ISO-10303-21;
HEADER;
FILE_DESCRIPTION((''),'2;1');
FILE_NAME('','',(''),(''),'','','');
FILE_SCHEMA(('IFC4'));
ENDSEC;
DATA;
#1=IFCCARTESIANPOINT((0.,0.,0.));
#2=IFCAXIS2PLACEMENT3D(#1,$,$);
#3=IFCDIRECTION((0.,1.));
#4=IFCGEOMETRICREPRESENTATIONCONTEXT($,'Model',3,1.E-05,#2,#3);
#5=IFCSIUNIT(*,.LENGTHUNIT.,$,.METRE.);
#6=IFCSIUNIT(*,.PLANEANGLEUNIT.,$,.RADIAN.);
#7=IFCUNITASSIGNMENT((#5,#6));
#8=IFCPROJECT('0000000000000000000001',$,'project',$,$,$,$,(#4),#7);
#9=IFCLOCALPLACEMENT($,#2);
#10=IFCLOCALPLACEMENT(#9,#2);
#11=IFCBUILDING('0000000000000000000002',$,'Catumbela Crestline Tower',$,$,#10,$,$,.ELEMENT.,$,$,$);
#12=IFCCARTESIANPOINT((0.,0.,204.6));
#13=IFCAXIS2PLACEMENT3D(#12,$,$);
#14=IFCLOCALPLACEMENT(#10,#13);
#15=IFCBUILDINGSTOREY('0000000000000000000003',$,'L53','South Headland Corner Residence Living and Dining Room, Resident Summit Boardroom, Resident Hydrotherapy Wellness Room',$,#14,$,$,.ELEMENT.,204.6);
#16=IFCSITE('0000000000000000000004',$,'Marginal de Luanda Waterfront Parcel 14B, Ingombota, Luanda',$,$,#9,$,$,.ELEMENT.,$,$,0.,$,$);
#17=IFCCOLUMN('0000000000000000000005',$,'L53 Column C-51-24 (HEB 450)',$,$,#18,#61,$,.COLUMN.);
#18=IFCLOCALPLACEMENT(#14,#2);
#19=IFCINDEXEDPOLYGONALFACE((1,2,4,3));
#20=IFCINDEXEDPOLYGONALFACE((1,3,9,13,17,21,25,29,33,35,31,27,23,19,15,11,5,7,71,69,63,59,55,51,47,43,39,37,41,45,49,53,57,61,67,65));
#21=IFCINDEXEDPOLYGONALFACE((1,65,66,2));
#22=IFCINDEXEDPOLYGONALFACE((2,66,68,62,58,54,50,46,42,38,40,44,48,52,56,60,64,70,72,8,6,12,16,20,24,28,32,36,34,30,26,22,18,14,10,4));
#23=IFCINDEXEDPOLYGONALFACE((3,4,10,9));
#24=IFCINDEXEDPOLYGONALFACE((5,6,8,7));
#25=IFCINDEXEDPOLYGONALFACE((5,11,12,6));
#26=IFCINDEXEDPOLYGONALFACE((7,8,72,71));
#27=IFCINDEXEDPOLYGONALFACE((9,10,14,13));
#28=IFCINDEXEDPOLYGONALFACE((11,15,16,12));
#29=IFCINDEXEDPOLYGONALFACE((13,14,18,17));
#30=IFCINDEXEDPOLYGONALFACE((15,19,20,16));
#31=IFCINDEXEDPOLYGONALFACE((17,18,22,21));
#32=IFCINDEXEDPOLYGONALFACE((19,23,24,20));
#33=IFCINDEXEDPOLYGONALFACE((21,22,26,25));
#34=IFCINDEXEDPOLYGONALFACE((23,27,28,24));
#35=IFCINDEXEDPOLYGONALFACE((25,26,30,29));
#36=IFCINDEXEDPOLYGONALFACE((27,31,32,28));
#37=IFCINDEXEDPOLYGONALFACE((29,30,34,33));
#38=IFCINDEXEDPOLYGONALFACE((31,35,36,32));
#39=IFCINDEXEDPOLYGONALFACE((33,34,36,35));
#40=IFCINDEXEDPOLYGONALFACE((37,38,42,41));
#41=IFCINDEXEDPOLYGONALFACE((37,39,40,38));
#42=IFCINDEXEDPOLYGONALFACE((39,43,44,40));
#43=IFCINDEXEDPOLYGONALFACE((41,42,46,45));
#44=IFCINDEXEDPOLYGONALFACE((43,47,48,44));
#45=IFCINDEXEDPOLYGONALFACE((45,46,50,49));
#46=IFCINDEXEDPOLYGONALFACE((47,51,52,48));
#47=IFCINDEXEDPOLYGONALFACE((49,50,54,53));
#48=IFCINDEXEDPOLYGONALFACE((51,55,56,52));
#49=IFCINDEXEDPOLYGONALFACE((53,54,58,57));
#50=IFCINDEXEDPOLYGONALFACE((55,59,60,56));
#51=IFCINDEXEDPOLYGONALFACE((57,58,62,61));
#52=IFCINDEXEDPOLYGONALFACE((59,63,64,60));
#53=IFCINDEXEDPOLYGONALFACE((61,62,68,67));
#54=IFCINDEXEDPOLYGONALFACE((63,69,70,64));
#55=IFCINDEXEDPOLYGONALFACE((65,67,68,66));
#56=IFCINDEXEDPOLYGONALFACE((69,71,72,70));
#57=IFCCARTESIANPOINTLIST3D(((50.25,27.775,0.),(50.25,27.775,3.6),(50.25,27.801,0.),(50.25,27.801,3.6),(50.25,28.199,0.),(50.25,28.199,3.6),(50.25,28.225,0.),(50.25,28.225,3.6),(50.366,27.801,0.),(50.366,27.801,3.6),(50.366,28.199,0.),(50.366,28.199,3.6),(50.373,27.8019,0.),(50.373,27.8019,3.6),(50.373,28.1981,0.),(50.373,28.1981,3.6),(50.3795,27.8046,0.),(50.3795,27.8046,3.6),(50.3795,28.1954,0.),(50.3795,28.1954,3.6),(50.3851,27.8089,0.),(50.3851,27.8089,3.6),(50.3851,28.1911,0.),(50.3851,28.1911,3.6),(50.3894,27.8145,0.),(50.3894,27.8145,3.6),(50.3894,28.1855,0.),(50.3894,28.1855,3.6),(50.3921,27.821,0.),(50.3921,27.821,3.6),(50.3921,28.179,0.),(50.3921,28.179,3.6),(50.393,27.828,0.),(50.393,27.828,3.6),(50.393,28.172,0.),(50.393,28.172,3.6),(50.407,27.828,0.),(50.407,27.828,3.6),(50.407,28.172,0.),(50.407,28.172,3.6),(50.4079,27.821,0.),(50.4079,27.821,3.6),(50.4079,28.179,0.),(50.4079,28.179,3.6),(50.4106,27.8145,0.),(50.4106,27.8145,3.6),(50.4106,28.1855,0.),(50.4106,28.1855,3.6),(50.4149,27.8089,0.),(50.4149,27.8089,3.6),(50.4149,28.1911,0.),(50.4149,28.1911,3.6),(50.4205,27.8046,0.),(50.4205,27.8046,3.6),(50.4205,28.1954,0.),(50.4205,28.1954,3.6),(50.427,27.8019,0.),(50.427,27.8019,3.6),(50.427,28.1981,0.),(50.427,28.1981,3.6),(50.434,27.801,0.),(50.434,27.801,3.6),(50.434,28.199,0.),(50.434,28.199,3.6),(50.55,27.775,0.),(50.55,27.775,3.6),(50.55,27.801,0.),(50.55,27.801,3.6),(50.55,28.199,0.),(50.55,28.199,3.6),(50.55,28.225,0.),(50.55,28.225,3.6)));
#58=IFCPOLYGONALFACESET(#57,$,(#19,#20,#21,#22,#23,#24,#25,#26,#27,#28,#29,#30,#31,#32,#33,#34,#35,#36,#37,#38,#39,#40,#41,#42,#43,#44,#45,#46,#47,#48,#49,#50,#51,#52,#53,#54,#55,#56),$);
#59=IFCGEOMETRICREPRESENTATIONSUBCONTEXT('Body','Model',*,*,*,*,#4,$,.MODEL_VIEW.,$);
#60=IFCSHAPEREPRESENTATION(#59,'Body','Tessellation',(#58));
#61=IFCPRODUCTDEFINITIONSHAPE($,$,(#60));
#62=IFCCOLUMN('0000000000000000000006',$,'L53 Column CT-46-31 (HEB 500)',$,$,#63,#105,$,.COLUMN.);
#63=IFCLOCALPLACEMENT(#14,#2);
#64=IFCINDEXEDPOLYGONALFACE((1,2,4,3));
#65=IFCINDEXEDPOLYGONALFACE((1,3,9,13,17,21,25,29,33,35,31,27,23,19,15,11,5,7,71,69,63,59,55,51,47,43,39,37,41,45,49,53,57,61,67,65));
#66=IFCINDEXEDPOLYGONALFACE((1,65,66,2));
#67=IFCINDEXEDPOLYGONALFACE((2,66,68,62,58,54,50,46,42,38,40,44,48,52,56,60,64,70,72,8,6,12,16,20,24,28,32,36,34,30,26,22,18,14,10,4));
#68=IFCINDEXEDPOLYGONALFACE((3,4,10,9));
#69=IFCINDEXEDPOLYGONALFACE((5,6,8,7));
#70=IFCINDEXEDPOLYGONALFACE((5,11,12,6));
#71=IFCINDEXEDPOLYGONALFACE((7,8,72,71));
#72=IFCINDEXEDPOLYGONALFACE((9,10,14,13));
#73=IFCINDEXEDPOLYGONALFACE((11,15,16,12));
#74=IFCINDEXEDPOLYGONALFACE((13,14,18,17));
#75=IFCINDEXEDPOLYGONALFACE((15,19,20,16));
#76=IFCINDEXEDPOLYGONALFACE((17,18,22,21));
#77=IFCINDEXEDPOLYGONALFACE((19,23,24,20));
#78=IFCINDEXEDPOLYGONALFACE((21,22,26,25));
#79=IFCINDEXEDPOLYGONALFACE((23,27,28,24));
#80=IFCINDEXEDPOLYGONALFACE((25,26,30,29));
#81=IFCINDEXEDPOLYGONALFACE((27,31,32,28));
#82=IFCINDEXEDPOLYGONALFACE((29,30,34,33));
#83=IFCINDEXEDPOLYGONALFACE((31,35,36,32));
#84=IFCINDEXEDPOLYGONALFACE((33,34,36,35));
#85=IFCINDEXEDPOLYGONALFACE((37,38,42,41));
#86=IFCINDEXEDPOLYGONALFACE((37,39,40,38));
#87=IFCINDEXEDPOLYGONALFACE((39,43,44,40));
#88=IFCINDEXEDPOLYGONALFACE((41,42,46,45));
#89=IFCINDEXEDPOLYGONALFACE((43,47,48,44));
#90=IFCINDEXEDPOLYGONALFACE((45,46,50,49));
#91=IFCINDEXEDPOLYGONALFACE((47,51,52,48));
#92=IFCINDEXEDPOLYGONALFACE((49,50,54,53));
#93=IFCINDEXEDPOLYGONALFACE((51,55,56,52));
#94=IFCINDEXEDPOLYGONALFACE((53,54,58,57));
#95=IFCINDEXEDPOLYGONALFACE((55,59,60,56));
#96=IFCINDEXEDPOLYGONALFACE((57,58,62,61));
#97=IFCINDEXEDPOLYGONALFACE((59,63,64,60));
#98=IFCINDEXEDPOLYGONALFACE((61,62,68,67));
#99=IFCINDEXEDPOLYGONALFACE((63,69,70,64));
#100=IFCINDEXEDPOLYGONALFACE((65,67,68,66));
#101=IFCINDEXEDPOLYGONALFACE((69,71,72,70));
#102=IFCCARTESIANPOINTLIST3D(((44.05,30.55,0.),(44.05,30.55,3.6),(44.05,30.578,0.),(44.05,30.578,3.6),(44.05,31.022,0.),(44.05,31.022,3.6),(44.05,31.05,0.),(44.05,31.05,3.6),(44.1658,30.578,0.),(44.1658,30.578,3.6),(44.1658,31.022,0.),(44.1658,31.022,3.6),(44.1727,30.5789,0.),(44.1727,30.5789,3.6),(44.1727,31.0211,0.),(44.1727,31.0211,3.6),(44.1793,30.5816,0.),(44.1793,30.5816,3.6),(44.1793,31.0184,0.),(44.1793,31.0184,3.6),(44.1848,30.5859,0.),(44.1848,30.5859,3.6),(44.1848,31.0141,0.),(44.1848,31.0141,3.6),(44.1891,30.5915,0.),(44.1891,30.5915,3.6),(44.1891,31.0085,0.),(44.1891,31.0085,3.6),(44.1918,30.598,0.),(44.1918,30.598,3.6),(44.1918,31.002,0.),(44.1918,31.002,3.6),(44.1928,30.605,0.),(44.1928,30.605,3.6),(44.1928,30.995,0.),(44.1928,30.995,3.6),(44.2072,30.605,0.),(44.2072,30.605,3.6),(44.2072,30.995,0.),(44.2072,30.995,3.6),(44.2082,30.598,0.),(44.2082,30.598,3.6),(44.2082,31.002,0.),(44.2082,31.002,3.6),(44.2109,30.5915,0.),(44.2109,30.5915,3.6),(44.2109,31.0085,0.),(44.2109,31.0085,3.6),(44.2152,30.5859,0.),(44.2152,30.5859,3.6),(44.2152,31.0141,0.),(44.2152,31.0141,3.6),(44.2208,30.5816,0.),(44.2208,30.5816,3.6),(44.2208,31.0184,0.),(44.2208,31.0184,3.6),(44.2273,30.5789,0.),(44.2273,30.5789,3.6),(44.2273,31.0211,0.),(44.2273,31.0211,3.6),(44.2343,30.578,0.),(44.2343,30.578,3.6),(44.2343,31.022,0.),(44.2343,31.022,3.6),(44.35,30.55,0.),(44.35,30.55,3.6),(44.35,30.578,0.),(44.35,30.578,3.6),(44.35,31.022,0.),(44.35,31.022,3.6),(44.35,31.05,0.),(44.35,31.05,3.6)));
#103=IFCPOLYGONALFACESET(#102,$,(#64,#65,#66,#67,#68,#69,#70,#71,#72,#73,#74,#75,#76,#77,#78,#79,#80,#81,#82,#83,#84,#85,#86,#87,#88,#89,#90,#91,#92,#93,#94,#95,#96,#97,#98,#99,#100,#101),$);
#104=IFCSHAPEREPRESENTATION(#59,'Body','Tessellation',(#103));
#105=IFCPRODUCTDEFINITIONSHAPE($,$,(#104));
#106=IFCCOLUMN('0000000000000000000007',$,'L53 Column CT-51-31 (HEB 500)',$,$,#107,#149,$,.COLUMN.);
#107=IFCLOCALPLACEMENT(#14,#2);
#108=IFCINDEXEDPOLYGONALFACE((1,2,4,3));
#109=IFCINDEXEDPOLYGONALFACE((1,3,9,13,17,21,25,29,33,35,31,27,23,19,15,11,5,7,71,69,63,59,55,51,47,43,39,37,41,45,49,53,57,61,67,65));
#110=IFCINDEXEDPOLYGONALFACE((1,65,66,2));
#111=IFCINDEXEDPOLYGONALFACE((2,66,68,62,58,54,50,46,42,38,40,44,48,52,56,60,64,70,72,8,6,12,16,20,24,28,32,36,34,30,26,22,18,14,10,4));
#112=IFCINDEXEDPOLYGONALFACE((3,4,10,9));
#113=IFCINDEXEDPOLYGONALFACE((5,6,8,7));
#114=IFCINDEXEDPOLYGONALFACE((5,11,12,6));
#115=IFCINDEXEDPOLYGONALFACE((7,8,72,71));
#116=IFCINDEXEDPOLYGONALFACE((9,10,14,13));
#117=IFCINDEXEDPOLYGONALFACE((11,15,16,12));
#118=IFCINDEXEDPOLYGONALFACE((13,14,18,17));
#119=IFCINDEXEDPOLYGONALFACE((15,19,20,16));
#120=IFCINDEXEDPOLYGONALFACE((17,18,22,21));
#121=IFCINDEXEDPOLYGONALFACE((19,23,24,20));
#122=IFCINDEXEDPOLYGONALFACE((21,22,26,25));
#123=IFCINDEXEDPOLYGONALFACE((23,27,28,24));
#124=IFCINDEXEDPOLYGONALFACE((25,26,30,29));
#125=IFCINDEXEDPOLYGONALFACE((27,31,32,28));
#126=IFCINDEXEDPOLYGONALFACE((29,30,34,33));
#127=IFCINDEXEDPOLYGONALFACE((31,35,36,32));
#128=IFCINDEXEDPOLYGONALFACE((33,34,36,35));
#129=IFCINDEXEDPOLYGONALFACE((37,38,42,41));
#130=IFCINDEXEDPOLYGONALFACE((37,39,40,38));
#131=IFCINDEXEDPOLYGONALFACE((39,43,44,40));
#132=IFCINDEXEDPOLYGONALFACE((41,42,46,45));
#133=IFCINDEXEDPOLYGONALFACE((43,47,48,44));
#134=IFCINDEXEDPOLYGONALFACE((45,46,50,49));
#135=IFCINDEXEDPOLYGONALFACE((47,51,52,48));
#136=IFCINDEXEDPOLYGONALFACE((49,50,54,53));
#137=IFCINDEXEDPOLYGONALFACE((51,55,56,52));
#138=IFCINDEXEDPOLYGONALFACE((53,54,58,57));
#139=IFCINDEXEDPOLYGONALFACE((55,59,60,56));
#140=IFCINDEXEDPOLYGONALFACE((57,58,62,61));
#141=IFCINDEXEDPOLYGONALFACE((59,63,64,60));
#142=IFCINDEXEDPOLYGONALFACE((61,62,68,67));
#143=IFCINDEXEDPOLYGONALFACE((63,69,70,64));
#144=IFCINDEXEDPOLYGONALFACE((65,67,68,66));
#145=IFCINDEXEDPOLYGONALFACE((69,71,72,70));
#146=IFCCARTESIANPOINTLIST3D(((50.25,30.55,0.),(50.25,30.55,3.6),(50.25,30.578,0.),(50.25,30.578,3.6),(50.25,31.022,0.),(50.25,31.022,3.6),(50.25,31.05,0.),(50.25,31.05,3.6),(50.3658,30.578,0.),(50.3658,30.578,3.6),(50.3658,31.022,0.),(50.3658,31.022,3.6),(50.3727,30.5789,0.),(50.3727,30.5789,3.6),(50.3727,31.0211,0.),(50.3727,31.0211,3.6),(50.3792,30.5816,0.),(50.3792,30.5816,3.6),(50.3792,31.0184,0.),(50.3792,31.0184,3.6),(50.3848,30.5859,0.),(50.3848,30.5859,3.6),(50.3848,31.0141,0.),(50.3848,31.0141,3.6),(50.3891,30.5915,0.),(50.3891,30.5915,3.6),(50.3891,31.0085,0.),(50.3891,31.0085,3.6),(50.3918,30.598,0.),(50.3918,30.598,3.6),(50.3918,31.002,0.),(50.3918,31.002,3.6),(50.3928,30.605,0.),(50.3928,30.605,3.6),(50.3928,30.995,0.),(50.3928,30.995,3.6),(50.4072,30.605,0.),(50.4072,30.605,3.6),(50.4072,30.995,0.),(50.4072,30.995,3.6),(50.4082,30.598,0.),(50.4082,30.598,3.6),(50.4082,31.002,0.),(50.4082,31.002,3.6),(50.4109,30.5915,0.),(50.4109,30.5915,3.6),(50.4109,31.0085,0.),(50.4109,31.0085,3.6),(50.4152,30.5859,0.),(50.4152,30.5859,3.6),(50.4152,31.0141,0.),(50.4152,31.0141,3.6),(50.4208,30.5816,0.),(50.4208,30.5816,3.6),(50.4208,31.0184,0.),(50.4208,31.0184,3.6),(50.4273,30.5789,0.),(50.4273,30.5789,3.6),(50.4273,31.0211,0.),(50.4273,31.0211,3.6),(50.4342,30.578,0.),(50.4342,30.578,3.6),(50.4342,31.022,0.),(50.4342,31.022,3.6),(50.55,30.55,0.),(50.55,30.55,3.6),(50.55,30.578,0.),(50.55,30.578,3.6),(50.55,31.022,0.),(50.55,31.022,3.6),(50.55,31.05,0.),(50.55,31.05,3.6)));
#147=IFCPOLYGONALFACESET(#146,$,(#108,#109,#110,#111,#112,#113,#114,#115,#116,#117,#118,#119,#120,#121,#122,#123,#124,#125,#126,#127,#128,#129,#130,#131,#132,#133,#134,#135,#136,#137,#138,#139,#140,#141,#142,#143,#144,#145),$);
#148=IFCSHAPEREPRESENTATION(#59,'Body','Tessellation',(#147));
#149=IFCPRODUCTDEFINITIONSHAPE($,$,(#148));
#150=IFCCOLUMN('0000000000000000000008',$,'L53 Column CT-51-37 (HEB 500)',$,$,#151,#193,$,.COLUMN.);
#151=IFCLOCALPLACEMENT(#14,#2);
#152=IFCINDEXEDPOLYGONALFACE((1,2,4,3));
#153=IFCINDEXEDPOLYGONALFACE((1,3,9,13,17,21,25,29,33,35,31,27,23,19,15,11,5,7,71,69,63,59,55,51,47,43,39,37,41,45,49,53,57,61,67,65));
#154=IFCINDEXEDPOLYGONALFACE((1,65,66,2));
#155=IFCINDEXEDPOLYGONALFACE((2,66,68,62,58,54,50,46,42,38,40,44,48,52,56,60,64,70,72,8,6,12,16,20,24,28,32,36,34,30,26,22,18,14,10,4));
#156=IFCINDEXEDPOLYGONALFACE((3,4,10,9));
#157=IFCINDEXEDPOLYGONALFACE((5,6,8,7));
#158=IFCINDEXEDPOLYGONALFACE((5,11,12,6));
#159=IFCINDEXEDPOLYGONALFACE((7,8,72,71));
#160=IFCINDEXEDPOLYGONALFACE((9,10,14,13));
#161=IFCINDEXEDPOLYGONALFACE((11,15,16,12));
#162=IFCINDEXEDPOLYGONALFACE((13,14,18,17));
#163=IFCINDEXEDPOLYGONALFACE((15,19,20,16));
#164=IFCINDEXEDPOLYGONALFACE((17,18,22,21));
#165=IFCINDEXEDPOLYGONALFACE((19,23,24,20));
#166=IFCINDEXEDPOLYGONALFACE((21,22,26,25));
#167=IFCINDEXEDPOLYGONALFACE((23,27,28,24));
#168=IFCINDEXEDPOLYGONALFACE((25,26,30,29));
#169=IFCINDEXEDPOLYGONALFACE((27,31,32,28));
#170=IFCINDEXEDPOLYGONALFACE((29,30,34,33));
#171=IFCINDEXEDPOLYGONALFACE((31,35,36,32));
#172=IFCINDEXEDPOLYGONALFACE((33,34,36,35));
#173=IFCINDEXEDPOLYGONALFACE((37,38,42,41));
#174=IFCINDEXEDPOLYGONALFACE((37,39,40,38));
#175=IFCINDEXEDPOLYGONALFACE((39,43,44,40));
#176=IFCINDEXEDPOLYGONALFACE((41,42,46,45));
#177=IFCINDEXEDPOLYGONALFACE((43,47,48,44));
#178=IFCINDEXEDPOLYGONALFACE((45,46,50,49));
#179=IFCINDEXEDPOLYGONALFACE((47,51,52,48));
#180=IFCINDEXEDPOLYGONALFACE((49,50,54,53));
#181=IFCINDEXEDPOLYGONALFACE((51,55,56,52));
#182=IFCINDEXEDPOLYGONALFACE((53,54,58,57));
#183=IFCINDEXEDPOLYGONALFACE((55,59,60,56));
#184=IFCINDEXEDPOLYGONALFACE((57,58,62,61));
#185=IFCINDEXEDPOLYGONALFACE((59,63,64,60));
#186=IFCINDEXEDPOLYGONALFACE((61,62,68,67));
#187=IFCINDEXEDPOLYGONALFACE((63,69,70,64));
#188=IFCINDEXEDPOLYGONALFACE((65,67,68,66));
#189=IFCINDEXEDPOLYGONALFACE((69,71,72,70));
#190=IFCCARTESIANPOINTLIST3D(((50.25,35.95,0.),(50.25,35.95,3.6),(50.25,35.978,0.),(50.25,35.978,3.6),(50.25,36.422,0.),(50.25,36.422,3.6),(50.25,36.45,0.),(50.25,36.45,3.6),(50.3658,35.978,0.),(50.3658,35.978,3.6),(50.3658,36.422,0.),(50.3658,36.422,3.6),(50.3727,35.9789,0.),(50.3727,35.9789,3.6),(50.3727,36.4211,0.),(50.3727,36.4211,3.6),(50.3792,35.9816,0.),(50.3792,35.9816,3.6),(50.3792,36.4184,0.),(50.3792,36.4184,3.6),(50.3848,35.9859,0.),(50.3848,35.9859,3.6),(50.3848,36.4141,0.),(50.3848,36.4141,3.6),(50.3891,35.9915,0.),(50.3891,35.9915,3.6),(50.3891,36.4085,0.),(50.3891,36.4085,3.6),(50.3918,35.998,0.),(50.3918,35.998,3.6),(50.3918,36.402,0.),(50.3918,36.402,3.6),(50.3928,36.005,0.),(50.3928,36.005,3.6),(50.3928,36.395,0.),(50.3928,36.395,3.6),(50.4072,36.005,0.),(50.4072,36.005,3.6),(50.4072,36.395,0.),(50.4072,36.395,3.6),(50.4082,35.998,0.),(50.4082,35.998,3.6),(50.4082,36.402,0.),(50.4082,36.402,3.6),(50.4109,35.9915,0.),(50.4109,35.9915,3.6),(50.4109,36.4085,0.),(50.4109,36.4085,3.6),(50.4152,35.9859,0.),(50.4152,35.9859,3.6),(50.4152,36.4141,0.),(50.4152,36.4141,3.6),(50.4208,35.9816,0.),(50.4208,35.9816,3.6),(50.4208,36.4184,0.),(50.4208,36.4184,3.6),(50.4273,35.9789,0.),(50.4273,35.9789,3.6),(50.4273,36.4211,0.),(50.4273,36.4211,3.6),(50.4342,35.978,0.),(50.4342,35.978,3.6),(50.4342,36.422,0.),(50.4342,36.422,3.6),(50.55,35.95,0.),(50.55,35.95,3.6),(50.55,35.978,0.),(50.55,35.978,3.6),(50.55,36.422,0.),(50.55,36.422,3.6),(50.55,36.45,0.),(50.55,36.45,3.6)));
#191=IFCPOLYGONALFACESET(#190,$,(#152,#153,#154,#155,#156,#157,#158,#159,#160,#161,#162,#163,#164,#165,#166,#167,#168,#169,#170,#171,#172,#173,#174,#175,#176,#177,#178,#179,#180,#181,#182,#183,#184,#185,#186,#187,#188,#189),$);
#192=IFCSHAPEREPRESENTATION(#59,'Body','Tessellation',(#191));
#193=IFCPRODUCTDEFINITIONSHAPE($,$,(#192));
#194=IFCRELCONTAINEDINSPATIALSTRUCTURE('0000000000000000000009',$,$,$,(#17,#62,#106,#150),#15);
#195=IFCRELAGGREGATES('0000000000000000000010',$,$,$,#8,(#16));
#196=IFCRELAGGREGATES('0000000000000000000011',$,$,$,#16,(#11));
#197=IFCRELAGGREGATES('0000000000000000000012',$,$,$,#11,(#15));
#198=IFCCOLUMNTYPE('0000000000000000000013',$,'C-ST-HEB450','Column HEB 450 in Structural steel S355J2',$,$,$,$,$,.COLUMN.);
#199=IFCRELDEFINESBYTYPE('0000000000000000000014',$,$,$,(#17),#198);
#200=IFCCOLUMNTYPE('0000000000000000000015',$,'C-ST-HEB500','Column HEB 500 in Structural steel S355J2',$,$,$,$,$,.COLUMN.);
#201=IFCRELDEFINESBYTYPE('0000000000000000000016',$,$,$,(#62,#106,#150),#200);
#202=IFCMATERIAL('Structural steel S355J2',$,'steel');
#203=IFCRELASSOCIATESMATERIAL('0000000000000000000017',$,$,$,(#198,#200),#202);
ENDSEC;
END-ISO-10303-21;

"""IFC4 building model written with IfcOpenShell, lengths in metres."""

from ifc_helpers import new_model, si_unit, direction, frame, origin, origin_2d, place, context, subcontext, project, spatial, i_section, extrude, material, material_profile, profile_set, type_object, element, save


model = new_model("IFC4")

# Units and contexts
model_context = context("Model", 3, precision=1e-05, world=origin(), true_north=direction((0.0, 1.0)))
body_context = subcontext(model_context, "Body", "Model", "MODEL_VIEW")
ifc_project = project(units=[si_unit("LENGTHUNIT", "METRE"), si_unit("PLANEANGLEUNIT", "RADIAN")], contexts=[model_context])

# Site, building, storey
site_placement = place(None, origin())
site = spatial("IfcSite", under=ifc_project, at=site_placement, Name="Marginal de Luanda Waterfront Parcel 14B, Ingombota, Luanda", CompositionType="ELEMENT", RefElevation=0.0)
building_placement = place(site_placement, origin())
building = spatial("IfcBuilding", under=site, at=building_placement, Name="Catumbela Crestline Tower", CompositionType="ELEMENT")
storey_placement = place(building_placement, frame((0.0, 0.0, 204.6)))
storey = spatial("IfcBuildingStorey", under=building, at=storey_placement, Name="L53", Description="South Headland Corner Residence Living and Dining Room, Resident Summit Boardroom, Resident Hydrotherapy Wellness Room", CompositionType="ELEMENT", Elevation=204.6)

# Columns
ifc_material_1 = material(Name="Structural steel S355J2", Category="steel")
ifc_material_profile_1 = material_profile(ifc_material_1, i_section(OverallWidth=0.3, OverallDepth=0.45, WebThickness=0.014, FlangeThickness=0.026, FilletRadius=0.027, at=origin_2d()), Name="HEB 450")
ifc_profile_set_1 = profile_set([ifc_material_profile_1], Name="Structural steel S355J2")
column_type_1 = type_object("IfcColumnType", Name="C-ST-HEB450", Description="Column HEB 450 in Structural steel S355J2", PredefinedType="COLUMN", material=ifc_profile_set_1)
column_placement = place(storey_placement, frame((50.4, 28.0, 0.0), z_axis=(0.0, 0.0, 1.0), x_axis=(1.0, 0.0, 0.0)))
element("IfcColumn", 1, at=column_placement, inside=storey, type_object=column_type_1, Name="L53 Column C-51-24 (HEB 450)", PredefinedType="COLUMN", context=body_context, shape_type="SweptSolid", body=[
    extrude(i_section(OverallWidth=0.3, OverallDepth=0.45, WebThickness=0.014, FlangeThickness=0.026, FilletRadius=0.027, at=origin_2d()), origin(), (0.0, 0.0, 1.0), 3.6),
])
ifc_material_profile_2 = material_profile(ifc_material_1, i_section(OverallWidth=0.3, OverallDepth=0.5, WebThickness=0.0145, FlangeThickness=0.028, FilletRadius=0.027, at=origin_2d()), Name="HEB 500")
ifc_profile_set_2 = profile_set([ifc_material_profile_2], Name="Structural steel S355J2")
column_type_2 = type_object("IfcColumnType", Name="C-ST-HEB500", Description="Column HEB 500 in Structural steel S355J2", PredefinedType="COLUMN", material=ifc_profile_set_2)
for number, where, z_axis, x_axis, name in (
    (2, (44.2, 30.8, 0.0), (0.0, 0.0, 1.0), (1.0, 0.0, 0.0), "L53 Column CT-46-31 (HEB 500)"),
    (3, (50.4, 30.8, 0.0), (0.0, 0.0, 1.0), (1.0, 0.0, 0.0), "L53 Column CT-51-31 (HEB 500)"),
    (4, (50.4, 36.2, 0.0), (0.0, 0.0, 1.0), (1.0, 0.0, 0.0), "L53 Column CT-51-37 (HEB 500)"),
):
    element("IfcColumn", number, at=place(storey_placement, frame(where, z_axis=z_axis, x_axis=x_axis)), inside=storey, type_object=column_type_2, Name=name, PredefinedType="COLUMN", context=body_context, shape_type="SweptSolid", body=[
        extrude(i_section(OverallWidth=0.3, OverallDepth=0.5, WebThickness=0.0145, FlangeThickness=0.028, FilletRadius=0.027, at=origin_2d()), origin(), (0.0, 0.0, 1.0), 3.6),
    ])

save(model, "model.ifc")
